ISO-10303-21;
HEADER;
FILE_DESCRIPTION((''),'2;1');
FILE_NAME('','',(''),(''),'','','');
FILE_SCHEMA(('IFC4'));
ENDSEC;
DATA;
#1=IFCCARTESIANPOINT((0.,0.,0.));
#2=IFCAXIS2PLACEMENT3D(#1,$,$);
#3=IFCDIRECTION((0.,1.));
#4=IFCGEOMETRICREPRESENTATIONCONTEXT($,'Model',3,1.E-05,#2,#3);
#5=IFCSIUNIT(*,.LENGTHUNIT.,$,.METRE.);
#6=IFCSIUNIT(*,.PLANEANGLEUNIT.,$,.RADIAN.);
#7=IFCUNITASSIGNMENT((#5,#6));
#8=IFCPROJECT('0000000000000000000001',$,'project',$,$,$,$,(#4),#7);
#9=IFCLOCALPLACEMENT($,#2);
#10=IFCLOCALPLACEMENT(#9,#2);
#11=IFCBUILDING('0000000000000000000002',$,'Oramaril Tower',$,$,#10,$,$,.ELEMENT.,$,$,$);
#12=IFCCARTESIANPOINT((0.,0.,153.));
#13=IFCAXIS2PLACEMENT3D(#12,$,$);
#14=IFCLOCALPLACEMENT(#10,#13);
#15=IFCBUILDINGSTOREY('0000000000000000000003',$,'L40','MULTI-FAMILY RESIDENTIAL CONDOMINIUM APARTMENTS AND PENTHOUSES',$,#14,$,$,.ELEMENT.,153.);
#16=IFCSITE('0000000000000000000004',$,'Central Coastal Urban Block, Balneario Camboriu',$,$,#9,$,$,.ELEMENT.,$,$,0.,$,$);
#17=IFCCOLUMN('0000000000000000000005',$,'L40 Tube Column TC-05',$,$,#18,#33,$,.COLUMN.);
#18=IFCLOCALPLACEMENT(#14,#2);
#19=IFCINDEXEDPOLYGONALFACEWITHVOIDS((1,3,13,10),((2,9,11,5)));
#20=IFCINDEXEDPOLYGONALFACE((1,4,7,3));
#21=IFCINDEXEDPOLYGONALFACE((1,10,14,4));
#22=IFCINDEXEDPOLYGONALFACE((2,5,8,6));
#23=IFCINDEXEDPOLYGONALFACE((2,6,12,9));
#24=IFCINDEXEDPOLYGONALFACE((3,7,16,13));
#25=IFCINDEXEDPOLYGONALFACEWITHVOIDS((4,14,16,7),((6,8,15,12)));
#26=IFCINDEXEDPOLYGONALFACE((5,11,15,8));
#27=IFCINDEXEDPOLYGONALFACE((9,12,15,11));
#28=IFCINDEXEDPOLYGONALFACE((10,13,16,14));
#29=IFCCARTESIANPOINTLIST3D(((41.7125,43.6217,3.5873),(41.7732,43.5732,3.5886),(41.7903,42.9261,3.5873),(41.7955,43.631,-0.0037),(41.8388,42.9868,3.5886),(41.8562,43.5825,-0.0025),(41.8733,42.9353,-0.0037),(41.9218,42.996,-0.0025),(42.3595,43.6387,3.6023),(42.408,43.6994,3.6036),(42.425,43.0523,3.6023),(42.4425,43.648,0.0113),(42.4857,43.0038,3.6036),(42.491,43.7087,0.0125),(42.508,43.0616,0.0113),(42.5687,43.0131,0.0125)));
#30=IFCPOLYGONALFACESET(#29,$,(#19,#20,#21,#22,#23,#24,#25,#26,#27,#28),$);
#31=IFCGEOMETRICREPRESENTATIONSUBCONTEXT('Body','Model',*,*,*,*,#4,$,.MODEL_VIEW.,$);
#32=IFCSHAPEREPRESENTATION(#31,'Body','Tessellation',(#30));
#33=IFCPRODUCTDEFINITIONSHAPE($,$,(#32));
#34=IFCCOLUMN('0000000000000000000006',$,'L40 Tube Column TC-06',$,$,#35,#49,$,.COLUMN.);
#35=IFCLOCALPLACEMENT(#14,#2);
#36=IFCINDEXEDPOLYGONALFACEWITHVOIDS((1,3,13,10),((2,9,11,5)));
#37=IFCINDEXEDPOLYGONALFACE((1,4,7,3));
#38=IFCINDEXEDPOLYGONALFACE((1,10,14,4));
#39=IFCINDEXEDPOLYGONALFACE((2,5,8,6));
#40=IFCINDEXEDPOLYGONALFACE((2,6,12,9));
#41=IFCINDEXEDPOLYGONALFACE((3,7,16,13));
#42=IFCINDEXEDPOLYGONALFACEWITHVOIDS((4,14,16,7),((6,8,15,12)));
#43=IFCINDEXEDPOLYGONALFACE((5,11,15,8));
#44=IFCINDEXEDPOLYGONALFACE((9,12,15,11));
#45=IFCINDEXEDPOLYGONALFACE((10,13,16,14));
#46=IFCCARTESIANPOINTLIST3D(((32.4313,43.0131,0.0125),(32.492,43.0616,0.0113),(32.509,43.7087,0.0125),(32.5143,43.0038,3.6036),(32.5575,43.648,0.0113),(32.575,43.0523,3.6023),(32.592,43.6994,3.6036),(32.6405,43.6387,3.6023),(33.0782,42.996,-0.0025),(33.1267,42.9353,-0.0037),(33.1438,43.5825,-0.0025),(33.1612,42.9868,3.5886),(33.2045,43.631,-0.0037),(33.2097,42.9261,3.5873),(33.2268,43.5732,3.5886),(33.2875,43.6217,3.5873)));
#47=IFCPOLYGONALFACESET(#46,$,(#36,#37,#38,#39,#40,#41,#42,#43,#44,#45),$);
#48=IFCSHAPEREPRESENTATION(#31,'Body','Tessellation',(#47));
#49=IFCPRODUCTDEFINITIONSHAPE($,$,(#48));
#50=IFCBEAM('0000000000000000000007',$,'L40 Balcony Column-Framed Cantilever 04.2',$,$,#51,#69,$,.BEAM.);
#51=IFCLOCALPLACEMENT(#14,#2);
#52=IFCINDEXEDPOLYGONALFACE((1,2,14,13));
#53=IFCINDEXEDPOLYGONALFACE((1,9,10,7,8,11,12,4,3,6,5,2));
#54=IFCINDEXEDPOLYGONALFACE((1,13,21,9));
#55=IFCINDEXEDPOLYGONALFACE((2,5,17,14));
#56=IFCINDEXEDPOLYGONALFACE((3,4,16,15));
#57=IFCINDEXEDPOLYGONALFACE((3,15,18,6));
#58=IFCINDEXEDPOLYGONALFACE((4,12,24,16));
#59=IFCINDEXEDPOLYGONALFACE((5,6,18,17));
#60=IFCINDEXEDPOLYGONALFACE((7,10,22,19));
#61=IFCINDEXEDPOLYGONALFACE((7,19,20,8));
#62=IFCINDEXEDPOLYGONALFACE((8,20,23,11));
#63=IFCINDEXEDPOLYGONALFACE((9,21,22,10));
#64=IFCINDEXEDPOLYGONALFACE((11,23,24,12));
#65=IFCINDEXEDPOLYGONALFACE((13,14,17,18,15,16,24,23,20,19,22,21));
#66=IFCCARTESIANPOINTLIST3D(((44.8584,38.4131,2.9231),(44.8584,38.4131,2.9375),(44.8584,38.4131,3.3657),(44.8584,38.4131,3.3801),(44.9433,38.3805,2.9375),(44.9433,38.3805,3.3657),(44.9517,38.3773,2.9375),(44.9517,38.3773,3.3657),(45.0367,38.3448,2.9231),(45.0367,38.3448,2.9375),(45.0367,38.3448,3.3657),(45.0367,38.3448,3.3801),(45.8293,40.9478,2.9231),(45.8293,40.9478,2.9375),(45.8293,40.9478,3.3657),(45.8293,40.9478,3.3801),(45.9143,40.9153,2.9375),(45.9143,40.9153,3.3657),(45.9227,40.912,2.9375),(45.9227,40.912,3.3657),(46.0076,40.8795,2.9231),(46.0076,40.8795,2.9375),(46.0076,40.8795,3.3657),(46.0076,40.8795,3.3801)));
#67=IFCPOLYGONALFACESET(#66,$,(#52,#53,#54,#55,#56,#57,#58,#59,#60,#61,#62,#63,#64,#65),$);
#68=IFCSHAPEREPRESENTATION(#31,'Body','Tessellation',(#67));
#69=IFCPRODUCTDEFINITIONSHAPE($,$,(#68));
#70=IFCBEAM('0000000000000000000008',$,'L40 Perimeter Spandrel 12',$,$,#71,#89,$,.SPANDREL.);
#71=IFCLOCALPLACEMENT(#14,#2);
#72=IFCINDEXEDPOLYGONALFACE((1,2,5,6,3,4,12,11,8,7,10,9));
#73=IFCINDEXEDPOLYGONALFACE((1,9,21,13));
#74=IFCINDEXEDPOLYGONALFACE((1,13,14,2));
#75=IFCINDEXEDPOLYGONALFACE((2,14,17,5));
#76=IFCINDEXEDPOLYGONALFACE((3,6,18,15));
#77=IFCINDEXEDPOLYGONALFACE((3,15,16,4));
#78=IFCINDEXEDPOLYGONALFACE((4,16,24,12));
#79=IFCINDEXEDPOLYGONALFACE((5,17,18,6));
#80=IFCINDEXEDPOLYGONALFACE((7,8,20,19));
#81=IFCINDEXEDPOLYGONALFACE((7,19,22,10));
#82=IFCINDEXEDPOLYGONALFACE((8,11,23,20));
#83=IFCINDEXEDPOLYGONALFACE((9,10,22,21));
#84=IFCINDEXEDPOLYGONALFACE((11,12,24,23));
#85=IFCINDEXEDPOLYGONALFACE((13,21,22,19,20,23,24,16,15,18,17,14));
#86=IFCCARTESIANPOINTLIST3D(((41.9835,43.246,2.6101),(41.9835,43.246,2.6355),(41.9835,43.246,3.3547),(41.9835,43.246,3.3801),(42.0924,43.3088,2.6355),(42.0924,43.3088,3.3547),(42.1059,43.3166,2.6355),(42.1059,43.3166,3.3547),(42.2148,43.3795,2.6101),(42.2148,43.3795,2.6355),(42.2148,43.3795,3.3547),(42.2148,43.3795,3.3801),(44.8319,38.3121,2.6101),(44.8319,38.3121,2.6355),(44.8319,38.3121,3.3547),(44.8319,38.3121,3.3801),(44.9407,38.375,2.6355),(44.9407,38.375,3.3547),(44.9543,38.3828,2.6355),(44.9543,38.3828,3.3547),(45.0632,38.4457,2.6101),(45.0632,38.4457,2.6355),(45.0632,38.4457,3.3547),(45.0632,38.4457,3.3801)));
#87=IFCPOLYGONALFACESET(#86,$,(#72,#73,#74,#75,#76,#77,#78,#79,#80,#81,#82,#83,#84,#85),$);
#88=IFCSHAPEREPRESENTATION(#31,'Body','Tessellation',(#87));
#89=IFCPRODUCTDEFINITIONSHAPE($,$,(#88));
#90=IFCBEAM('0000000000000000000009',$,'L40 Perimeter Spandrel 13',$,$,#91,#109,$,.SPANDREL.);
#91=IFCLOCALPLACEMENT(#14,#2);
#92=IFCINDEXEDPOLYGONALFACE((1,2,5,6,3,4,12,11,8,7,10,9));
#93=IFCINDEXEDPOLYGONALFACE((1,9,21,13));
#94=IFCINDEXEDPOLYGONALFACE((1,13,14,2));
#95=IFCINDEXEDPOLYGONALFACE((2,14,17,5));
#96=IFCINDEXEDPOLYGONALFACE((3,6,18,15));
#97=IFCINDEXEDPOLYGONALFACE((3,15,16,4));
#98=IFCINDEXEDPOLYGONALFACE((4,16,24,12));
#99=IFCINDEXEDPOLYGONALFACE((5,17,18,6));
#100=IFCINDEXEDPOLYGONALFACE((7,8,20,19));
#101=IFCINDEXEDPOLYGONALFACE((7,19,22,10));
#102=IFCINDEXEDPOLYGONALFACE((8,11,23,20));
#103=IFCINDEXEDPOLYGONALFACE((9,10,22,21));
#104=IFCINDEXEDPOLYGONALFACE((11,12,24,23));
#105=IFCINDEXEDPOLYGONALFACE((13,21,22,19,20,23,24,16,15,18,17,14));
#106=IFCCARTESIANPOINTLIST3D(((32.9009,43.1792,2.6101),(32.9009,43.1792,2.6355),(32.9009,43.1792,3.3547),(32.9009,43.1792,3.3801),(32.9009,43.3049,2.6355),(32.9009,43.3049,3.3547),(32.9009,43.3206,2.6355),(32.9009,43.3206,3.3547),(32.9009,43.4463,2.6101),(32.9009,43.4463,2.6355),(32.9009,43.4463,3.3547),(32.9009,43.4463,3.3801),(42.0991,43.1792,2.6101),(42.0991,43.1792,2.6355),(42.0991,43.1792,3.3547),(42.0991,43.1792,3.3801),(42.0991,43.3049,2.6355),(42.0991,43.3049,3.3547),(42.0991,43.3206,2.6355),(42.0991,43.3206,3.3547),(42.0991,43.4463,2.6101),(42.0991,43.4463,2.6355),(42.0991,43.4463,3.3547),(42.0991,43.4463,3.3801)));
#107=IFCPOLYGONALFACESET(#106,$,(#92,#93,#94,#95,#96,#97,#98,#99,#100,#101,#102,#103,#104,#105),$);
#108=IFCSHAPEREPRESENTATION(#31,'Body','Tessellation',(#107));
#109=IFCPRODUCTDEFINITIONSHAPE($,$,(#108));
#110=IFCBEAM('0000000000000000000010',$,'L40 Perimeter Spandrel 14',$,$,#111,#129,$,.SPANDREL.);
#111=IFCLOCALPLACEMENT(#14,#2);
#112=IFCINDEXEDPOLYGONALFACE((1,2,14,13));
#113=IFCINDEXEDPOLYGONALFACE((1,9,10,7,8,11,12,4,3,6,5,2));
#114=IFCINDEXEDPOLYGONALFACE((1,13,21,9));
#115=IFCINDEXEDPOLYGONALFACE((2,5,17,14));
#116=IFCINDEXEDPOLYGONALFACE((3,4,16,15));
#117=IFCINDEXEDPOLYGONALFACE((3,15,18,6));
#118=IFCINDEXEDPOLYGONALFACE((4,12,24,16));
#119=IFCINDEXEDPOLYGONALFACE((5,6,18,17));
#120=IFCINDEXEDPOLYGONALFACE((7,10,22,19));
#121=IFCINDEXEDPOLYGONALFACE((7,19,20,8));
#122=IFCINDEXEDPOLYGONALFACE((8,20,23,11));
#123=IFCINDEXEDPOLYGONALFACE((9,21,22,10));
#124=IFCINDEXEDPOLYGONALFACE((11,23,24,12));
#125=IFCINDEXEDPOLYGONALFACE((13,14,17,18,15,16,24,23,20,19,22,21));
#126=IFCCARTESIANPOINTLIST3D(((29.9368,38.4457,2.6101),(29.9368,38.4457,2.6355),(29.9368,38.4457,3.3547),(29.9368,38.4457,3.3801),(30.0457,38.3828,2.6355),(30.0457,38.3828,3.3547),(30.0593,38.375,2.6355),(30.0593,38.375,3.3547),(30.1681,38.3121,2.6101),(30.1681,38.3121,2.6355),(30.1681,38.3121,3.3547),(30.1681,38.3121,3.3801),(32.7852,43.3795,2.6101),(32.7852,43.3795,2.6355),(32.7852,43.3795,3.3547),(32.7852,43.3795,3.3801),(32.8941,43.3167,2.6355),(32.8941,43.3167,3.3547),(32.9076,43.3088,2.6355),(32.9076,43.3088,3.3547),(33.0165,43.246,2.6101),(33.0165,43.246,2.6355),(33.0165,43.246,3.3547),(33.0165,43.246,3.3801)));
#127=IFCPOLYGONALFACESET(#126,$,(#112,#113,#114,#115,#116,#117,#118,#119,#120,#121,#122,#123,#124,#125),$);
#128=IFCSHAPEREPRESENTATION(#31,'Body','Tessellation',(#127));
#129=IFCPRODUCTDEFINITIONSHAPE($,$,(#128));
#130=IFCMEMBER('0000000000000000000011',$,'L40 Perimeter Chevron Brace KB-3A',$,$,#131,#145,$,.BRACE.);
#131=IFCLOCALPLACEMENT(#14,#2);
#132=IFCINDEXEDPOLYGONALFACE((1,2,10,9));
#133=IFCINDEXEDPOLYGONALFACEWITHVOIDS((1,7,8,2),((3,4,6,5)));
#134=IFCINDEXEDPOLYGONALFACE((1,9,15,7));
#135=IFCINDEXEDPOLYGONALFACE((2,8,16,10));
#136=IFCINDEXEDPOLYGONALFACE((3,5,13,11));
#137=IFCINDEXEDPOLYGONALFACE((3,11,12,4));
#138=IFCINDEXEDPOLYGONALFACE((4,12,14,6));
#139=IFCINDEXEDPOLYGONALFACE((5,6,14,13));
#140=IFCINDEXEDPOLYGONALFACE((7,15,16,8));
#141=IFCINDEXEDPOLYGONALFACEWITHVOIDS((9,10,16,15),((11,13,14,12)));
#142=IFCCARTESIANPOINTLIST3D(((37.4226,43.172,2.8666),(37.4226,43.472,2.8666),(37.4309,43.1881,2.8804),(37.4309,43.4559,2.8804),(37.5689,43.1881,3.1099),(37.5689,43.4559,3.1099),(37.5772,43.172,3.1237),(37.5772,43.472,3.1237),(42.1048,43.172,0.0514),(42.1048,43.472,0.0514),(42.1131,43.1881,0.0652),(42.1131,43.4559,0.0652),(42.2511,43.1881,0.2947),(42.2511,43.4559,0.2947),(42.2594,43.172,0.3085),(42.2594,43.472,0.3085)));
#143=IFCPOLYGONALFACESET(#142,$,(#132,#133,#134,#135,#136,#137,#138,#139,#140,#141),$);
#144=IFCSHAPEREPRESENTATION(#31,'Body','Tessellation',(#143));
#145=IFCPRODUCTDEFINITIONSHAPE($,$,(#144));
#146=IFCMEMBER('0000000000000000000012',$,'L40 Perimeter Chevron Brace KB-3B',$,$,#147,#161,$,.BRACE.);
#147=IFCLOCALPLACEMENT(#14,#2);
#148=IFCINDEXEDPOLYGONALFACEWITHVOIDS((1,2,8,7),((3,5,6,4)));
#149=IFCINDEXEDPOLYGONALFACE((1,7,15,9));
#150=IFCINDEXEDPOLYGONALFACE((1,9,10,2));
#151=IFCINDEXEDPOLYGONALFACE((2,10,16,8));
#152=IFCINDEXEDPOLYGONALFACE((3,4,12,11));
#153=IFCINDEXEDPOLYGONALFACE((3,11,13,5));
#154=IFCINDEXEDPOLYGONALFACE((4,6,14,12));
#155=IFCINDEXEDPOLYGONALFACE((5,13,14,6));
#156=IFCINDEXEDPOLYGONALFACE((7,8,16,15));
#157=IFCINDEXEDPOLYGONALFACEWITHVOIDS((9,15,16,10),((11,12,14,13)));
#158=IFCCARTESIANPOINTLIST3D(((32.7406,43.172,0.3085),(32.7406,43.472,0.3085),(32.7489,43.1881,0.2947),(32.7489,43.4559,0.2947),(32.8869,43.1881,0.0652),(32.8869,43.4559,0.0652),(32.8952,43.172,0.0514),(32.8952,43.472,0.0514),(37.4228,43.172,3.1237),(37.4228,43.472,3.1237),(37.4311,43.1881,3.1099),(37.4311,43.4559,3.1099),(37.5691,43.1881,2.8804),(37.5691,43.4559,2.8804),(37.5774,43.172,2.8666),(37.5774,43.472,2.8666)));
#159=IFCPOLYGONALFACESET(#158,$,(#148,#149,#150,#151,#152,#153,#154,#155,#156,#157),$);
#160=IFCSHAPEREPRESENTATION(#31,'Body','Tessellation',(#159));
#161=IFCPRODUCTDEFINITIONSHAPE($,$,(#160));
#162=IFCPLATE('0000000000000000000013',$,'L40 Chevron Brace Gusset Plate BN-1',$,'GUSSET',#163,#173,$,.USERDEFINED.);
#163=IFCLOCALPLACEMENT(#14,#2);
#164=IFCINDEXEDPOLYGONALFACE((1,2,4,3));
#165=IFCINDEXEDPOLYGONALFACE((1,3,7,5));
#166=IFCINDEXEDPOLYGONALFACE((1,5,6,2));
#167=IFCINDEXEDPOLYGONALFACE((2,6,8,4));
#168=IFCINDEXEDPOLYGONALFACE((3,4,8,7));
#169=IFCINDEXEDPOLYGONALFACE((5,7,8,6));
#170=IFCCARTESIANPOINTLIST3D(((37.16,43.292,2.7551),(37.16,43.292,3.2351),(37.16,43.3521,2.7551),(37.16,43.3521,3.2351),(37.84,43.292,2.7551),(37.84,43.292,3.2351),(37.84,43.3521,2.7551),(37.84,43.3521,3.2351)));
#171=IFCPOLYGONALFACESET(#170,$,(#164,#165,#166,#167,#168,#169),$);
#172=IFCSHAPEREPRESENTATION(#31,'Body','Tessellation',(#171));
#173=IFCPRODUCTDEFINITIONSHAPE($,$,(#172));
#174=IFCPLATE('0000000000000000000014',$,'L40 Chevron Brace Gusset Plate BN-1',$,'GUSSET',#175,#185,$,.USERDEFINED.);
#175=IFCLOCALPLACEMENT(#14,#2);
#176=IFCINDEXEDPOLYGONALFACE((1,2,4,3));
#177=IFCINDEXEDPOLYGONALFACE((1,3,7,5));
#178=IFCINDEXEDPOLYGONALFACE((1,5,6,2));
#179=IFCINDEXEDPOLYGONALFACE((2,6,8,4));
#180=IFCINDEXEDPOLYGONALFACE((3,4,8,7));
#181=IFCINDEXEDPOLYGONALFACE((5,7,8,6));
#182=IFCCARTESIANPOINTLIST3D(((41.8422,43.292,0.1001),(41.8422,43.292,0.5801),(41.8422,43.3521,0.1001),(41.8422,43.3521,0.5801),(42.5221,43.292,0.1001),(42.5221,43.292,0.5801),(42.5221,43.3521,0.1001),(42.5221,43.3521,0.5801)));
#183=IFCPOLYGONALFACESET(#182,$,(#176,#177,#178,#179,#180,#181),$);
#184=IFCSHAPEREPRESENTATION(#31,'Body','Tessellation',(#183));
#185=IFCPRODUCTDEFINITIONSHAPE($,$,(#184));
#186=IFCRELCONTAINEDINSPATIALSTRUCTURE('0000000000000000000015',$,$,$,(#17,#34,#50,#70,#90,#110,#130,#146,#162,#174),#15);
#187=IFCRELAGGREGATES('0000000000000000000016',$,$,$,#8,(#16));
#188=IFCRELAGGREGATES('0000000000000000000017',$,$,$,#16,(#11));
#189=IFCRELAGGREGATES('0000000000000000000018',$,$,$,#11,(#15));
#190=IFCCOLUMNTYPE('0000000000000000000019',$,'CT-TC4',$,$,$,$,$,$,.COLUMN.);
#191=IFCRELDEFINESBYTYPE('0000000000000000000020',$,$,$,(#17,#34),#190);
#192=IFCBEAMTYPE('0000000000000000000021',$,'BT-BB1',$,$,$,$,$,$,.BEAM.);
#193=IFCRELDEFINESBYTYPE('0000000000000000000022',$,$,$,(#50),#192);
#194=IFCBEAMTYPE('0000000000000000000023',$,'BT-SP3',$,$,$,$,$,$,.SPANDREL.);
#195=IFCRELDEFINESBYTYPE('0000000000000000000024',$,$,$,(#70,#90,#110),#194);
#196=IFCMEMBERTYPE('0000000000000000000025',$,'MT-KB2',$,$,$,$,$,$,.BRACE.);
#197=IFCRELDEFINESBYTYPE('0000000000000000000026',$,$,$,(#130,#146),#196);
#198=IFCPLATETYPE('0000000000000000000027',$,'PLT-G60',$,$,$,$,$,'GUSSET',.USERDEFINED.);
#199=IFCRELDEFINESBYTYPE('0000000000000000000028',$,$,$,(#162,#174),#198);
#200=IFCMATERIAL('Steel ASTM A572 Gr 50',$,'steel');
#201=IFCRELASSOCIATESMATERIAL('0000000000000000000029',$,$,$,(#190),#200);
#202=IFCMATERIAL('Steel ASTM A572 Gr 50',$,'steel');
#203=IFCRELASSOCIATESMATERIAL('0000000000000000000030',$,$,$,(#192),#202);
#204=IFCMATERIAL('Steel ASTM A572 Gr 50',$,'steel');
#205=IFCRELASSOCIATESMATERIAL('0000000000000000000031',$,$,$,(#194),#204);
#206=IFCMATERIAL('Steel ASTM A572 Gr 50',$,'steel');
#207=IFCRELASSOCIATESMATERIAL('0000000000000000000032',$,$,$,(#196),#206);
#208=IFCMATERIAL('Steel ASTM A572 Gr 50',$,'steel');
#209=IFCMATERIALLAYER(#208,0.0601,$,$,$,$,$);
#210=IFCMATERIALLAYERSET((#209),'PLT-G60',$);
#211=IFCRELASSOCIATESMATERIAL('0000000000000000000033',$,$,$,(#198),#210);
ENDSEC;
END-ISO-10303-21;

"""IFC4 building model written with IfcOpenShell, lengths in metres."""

from ifc_helpers import new_model, si_unit, direction, frame, origin, origin_2d, place, context, subcontext, project, spatial, rectangle, hollow_rectangle, i_section, extrude, material, layer, layer_set, material_profile, profile_set, type_object, element, save


model = new_model("IFC4")

# Units and contexts
model_context = context("Model", 3, precision=1e-05, world=origin(), true_north=direction((0.0, 1.0)))
body_context = subcontext(model_context, "Body", "Model", "MODEL_VIEW")
ifc_project = project(units=[si_unit("LENGTHUNIT", "METRE"), si_unit("PLANEANGLEUNIT", "RADIAN")], contexts=[model_context])

# Site, building, storey
site_placement = place(None, origin())
site = spatial("IfcSite", under=ifc_project, at=site_placement, Name="Central Coastal Urban Block, Balneario Camboriu", CompositionType="ELEMENT", RefElevation=0.0)
building_placement = place(site_placement, origin())
building = spatial("IfcBuilding", under=site, at=building_placement, Name="Oramaril Tower", CompositionType="ELEMENT")
storey_placement = place(building_placement, frame((0.0, 0.0, 153.0)))
storey = spatial("IfcBuildingStorey", under=building, at=storey_placement, Name="L40", Description="MULTI-FAMILY RESIDENTIAL CONDOMINIUM APARTMENTS AND PENTHOUSES", CompositionType="ELEMENT", Elevation=153.0)

# Columns
ifc_material_1 = material(Name="Steel ASTM A572 Gr 50", Category="steel")
ifc_material_profile_1 = material_profile(ifc_material_1, hollow_rectangle(XDim=0.7, YDim=0.7, WallThickness=0.0549, at=origin_2d()), Name="BOX700X700X55")
ifc_profile_set_1 = profile_set([ifc_material_profile_1], Name="Steel ASTM A572 Gr 50")
column_type = type_object("IfcColumnType", Name="CT-TC4", PredefinedType="COLUMN", material=ifc_profile_set_1)
for number, where, z_axis, x_axis, name in (
    (1, (42.1821, 43.322, 0.0044), (-0.023109, -0.002583, 0.99973), (0.111073, -0.993812, 0.0), "L40 Tube Column TC-05"),
    (2, (32.8179, 43.322, 0.0044), (0.023109, -0.002583, 0.99973), (0.111073, 0.993812, 0.0), "L40 Tube Column TC-06"),
):
    element("IfcColumn", number, at=place(storey_placement, frame(where, z_axis=z_axis, x_axis=x_axis)), inside=storey, type_object=column_type, Name=name, PredefinedType="COLUMN", context=body_context, shape_type="SweptSolid", body=[
        extrude(hollow_rectangle(XDim=0.7, YDim=0.7, WallThickness=0.0549, at=origin_2d()), origin(), (0.0, 0.0, 1.0), 3.592),
    ])

# Beams
ifc_material_2 = material(Name="Steel ASTM A572 Gr 50", Category="steel")
ifc_material_profile_2 = material_profile(ifc_material_2, i_section(OverallWidth=0.1909, OverallDepth=0.457, WebThickness=0.009, FlangeThickness=0.0144, at=origin_2d()), Name="W18X50")
ifc_profile_set_2 = profile_set([ifc_material_profile_2], Name="Steel ASTM A572 Gr 50")
beam_type_1 = type_object("IfcBeamType", Name="BT-BB1", PredefinedType="BEAM", material=ifc_profile_set_2)
beam_1_placement = place(storey_placement, frame((44.9475, 38.3789, 3.1516), z_axis=(0.357719, 0.933829, 0.0), x_axis=(-0.933829, 0.357719, 0.0)))
element("IfcBeam", 3, at=beam_1_placement, inside=storey, type_object=beam_type_1, Name="L40 Balcony Column-Framed Cantilever 04.2", PredefinedType="BEAM", context=body_context, shape_type="SweptSolid", body=[
    extrude(i_section(OverallWidth=0.1909, OverallDepth=0.457, WebThickness=0.009, FlangeThickness=0.0144, at=origin_2d()), origin(), (0.0, 0.0, 1.0), 2.7144),
])
ifc_material_3 = material(Name="Steel ASTM A572 Gr 50", Category="steel")
ifc_material_profile_3 = material_profile(ifc_material_3, i_section(OverallWidth=0.2671, OverallDepth=0.77, WebThickness=0.0156, FlangeThickness=0.0254, at=origin_2d()), Name="W30X132")
ifc_profile_set_3 = profile_set([ifc_material_profile_3], Name="Steel ASTM A572 Gr 50")
beam_type_2 = type_object("IfcBeamType", Name="BT-SP3", PredefinedType="SPANDREL", material=ifc_profile_set_3)
beam_2_placement = place(storey_placement, frame((44.9475, 38.3789, 2.9951), z_axis=(-0.499978, 0.866038, 0.0), x_axis=(-0.866038, -0.499978, 0.0)))
element("IfcBeam", 4, at=beam_2_placement, inside=storey, type_object=beam_type_2, Name="L40 Perimeter Spandrel 12", PredefinedType="SPANDREL", context=body_context, shape_type="SweptSolid", body=[
    extrude(i_section(OverallWidth=0.2671, OverallDepth=0.77, WebThickness=0.0156, FlangeThickness=0.0254, at=origin_2d()), origin(), (0.0, 0.0, 1.0), 5.697),
])
beam_3_placement = place(storey_placement, frame((42.0991, 43.3127, 2.9951), z_axis=(-1.0, 0.0, 0.0), x_axis=(0.0, -1.0, 0.0)))
element("IfcBeam", 5, at=beam_3_placement, inside=storey, type_object=beam_type_2, Name="L40 Perimeter Spandrel 13", PredefinedType="SPANDREL", context=body_context, shape_type="SweptSolid", body=[
    extrude(i_section(OverallWidth=0.2671, OverallDepth=0.77, WebThickness=0.0156, FlangeThickness=0.0254, at=origin_2d()), origin(), (0.0, 0.0, 1.0), 9.1982),
])
beam_4_placement = place(storey_placement, frame((32.9009, 43.3127, 2.9951), z_axis=(-0.499978, -0.866038, 0.0), x_axis=(0.866038, -0.499978, 0.0)))
element("IfcBeam", 6, at=beam_4_placement, inside=storey, type_object=beam_type_2, Name="L40 Perimeter Spandrel 14", PredefinedType="SPANDREL", context=body_context, shape_type="SweptSolid", body=[
    extrude(i_section(OverallWidth=0.2671, OverallDepth=0.77, WebThickness=0.0156, FlangeThickness=0.0254, at=origin_2d()), origin(), (0.0, 0.0, 1.0), 5.697),
])

# Members
ifc_material_4 = material(Name="Steel ASTM A572 Gr 50", Category="steel")
ifc_material_profile_4 = material_profile(ifc_material_4, hollow_rectangle(XDim=0.3, YDim=0.3, WallThickness=0.0161, at=origin_2d()), Name="HSS300X300X16")
ifc_profile_set_4 = profile_set([ifc_material_profile_4], Name="Steel ASTM A572 Gr 50")
member_type = type_object("IfcMemberType", Name="MT-KB2", PredefinedType="BRACE", material=ifc_profile_set_4)
for number, where, z_axis, x_axis, name in (
    (7, (42.1821, 43.322, 0.1799), (-0.857015, 0.0, 0.515291), (0.0, -1.0, 0.0), "L40 Perimeter Chevron Brace KB-3A"),
    (8, (32.8179, 43.322, 0.1799), (0.857015, 0.0, 0.515291), (0.0, 1.0, 0.0), "L40 Perimeter Chevron Brace KB-3B"),
):
    element("IfcMember", number, at=place(storey_placement, frame(where, z_axis=z_axis, x_axis=x_axis)), inside=storey, type_object=member_type, Name=name, PredefinedType="BRACE", context=body_context, shape_type="SweptSolid", body=[
        extrude(hollow_rectangle(XDim=0.3, YDim=0.3, WallThickness=0.0161, at=origin_2d()), origin(), (0.0, 0.0, 1.0), 5.4634),
    ])

# Plates
ifc_material_5 = material(Name="Steel ASTM A572 Gr 50", Category="steel")
ifc_layer_1 = layer(ifc_material_5, 0.0601)
ifc_layer_set_1 = layer_set([ifc_layer_1], Name="PLT-G60")
plate_type = type_object("IfcPlateType", Name="PLT-G60", ElementType="GUSSET", PredefinedType="USERDEFINED", material=ifc_layer_set_1)
for number, where, z_axis, x_axis, name in (
    (9, (37.5, 43.322, 2.7551), (0.0, 0.0, 1.0), (-1.0, 0.0, 0.0), "L40 Chevron Brace Gusset Plate BN-1"),
    (10, (42.1821, 43.322, 0.1001), (0.0, 0.0, 1.0), (-1.0, 0.0, 0.0), "L40 Chevron Brace Gusset Plate BN-1"),
):
    element("IfcPlate", number, at=place(storey_placement, frame(where, z_axis=z_axis, x_axis=x_axis)), inside=storey, type_object=plate_type, Name=name, ObjectType="GUSSET", PredefinedType="USERDEFINED", context=body_context, shape_type="SweptSolid", body=[
        extrude(rectangle(XDim=0.6799, YDim=0.0601, at=origin_2d()), origin(), (0.0, 0.0, 1.0), 0.48),
    ])

save(model, "model.ifc")
